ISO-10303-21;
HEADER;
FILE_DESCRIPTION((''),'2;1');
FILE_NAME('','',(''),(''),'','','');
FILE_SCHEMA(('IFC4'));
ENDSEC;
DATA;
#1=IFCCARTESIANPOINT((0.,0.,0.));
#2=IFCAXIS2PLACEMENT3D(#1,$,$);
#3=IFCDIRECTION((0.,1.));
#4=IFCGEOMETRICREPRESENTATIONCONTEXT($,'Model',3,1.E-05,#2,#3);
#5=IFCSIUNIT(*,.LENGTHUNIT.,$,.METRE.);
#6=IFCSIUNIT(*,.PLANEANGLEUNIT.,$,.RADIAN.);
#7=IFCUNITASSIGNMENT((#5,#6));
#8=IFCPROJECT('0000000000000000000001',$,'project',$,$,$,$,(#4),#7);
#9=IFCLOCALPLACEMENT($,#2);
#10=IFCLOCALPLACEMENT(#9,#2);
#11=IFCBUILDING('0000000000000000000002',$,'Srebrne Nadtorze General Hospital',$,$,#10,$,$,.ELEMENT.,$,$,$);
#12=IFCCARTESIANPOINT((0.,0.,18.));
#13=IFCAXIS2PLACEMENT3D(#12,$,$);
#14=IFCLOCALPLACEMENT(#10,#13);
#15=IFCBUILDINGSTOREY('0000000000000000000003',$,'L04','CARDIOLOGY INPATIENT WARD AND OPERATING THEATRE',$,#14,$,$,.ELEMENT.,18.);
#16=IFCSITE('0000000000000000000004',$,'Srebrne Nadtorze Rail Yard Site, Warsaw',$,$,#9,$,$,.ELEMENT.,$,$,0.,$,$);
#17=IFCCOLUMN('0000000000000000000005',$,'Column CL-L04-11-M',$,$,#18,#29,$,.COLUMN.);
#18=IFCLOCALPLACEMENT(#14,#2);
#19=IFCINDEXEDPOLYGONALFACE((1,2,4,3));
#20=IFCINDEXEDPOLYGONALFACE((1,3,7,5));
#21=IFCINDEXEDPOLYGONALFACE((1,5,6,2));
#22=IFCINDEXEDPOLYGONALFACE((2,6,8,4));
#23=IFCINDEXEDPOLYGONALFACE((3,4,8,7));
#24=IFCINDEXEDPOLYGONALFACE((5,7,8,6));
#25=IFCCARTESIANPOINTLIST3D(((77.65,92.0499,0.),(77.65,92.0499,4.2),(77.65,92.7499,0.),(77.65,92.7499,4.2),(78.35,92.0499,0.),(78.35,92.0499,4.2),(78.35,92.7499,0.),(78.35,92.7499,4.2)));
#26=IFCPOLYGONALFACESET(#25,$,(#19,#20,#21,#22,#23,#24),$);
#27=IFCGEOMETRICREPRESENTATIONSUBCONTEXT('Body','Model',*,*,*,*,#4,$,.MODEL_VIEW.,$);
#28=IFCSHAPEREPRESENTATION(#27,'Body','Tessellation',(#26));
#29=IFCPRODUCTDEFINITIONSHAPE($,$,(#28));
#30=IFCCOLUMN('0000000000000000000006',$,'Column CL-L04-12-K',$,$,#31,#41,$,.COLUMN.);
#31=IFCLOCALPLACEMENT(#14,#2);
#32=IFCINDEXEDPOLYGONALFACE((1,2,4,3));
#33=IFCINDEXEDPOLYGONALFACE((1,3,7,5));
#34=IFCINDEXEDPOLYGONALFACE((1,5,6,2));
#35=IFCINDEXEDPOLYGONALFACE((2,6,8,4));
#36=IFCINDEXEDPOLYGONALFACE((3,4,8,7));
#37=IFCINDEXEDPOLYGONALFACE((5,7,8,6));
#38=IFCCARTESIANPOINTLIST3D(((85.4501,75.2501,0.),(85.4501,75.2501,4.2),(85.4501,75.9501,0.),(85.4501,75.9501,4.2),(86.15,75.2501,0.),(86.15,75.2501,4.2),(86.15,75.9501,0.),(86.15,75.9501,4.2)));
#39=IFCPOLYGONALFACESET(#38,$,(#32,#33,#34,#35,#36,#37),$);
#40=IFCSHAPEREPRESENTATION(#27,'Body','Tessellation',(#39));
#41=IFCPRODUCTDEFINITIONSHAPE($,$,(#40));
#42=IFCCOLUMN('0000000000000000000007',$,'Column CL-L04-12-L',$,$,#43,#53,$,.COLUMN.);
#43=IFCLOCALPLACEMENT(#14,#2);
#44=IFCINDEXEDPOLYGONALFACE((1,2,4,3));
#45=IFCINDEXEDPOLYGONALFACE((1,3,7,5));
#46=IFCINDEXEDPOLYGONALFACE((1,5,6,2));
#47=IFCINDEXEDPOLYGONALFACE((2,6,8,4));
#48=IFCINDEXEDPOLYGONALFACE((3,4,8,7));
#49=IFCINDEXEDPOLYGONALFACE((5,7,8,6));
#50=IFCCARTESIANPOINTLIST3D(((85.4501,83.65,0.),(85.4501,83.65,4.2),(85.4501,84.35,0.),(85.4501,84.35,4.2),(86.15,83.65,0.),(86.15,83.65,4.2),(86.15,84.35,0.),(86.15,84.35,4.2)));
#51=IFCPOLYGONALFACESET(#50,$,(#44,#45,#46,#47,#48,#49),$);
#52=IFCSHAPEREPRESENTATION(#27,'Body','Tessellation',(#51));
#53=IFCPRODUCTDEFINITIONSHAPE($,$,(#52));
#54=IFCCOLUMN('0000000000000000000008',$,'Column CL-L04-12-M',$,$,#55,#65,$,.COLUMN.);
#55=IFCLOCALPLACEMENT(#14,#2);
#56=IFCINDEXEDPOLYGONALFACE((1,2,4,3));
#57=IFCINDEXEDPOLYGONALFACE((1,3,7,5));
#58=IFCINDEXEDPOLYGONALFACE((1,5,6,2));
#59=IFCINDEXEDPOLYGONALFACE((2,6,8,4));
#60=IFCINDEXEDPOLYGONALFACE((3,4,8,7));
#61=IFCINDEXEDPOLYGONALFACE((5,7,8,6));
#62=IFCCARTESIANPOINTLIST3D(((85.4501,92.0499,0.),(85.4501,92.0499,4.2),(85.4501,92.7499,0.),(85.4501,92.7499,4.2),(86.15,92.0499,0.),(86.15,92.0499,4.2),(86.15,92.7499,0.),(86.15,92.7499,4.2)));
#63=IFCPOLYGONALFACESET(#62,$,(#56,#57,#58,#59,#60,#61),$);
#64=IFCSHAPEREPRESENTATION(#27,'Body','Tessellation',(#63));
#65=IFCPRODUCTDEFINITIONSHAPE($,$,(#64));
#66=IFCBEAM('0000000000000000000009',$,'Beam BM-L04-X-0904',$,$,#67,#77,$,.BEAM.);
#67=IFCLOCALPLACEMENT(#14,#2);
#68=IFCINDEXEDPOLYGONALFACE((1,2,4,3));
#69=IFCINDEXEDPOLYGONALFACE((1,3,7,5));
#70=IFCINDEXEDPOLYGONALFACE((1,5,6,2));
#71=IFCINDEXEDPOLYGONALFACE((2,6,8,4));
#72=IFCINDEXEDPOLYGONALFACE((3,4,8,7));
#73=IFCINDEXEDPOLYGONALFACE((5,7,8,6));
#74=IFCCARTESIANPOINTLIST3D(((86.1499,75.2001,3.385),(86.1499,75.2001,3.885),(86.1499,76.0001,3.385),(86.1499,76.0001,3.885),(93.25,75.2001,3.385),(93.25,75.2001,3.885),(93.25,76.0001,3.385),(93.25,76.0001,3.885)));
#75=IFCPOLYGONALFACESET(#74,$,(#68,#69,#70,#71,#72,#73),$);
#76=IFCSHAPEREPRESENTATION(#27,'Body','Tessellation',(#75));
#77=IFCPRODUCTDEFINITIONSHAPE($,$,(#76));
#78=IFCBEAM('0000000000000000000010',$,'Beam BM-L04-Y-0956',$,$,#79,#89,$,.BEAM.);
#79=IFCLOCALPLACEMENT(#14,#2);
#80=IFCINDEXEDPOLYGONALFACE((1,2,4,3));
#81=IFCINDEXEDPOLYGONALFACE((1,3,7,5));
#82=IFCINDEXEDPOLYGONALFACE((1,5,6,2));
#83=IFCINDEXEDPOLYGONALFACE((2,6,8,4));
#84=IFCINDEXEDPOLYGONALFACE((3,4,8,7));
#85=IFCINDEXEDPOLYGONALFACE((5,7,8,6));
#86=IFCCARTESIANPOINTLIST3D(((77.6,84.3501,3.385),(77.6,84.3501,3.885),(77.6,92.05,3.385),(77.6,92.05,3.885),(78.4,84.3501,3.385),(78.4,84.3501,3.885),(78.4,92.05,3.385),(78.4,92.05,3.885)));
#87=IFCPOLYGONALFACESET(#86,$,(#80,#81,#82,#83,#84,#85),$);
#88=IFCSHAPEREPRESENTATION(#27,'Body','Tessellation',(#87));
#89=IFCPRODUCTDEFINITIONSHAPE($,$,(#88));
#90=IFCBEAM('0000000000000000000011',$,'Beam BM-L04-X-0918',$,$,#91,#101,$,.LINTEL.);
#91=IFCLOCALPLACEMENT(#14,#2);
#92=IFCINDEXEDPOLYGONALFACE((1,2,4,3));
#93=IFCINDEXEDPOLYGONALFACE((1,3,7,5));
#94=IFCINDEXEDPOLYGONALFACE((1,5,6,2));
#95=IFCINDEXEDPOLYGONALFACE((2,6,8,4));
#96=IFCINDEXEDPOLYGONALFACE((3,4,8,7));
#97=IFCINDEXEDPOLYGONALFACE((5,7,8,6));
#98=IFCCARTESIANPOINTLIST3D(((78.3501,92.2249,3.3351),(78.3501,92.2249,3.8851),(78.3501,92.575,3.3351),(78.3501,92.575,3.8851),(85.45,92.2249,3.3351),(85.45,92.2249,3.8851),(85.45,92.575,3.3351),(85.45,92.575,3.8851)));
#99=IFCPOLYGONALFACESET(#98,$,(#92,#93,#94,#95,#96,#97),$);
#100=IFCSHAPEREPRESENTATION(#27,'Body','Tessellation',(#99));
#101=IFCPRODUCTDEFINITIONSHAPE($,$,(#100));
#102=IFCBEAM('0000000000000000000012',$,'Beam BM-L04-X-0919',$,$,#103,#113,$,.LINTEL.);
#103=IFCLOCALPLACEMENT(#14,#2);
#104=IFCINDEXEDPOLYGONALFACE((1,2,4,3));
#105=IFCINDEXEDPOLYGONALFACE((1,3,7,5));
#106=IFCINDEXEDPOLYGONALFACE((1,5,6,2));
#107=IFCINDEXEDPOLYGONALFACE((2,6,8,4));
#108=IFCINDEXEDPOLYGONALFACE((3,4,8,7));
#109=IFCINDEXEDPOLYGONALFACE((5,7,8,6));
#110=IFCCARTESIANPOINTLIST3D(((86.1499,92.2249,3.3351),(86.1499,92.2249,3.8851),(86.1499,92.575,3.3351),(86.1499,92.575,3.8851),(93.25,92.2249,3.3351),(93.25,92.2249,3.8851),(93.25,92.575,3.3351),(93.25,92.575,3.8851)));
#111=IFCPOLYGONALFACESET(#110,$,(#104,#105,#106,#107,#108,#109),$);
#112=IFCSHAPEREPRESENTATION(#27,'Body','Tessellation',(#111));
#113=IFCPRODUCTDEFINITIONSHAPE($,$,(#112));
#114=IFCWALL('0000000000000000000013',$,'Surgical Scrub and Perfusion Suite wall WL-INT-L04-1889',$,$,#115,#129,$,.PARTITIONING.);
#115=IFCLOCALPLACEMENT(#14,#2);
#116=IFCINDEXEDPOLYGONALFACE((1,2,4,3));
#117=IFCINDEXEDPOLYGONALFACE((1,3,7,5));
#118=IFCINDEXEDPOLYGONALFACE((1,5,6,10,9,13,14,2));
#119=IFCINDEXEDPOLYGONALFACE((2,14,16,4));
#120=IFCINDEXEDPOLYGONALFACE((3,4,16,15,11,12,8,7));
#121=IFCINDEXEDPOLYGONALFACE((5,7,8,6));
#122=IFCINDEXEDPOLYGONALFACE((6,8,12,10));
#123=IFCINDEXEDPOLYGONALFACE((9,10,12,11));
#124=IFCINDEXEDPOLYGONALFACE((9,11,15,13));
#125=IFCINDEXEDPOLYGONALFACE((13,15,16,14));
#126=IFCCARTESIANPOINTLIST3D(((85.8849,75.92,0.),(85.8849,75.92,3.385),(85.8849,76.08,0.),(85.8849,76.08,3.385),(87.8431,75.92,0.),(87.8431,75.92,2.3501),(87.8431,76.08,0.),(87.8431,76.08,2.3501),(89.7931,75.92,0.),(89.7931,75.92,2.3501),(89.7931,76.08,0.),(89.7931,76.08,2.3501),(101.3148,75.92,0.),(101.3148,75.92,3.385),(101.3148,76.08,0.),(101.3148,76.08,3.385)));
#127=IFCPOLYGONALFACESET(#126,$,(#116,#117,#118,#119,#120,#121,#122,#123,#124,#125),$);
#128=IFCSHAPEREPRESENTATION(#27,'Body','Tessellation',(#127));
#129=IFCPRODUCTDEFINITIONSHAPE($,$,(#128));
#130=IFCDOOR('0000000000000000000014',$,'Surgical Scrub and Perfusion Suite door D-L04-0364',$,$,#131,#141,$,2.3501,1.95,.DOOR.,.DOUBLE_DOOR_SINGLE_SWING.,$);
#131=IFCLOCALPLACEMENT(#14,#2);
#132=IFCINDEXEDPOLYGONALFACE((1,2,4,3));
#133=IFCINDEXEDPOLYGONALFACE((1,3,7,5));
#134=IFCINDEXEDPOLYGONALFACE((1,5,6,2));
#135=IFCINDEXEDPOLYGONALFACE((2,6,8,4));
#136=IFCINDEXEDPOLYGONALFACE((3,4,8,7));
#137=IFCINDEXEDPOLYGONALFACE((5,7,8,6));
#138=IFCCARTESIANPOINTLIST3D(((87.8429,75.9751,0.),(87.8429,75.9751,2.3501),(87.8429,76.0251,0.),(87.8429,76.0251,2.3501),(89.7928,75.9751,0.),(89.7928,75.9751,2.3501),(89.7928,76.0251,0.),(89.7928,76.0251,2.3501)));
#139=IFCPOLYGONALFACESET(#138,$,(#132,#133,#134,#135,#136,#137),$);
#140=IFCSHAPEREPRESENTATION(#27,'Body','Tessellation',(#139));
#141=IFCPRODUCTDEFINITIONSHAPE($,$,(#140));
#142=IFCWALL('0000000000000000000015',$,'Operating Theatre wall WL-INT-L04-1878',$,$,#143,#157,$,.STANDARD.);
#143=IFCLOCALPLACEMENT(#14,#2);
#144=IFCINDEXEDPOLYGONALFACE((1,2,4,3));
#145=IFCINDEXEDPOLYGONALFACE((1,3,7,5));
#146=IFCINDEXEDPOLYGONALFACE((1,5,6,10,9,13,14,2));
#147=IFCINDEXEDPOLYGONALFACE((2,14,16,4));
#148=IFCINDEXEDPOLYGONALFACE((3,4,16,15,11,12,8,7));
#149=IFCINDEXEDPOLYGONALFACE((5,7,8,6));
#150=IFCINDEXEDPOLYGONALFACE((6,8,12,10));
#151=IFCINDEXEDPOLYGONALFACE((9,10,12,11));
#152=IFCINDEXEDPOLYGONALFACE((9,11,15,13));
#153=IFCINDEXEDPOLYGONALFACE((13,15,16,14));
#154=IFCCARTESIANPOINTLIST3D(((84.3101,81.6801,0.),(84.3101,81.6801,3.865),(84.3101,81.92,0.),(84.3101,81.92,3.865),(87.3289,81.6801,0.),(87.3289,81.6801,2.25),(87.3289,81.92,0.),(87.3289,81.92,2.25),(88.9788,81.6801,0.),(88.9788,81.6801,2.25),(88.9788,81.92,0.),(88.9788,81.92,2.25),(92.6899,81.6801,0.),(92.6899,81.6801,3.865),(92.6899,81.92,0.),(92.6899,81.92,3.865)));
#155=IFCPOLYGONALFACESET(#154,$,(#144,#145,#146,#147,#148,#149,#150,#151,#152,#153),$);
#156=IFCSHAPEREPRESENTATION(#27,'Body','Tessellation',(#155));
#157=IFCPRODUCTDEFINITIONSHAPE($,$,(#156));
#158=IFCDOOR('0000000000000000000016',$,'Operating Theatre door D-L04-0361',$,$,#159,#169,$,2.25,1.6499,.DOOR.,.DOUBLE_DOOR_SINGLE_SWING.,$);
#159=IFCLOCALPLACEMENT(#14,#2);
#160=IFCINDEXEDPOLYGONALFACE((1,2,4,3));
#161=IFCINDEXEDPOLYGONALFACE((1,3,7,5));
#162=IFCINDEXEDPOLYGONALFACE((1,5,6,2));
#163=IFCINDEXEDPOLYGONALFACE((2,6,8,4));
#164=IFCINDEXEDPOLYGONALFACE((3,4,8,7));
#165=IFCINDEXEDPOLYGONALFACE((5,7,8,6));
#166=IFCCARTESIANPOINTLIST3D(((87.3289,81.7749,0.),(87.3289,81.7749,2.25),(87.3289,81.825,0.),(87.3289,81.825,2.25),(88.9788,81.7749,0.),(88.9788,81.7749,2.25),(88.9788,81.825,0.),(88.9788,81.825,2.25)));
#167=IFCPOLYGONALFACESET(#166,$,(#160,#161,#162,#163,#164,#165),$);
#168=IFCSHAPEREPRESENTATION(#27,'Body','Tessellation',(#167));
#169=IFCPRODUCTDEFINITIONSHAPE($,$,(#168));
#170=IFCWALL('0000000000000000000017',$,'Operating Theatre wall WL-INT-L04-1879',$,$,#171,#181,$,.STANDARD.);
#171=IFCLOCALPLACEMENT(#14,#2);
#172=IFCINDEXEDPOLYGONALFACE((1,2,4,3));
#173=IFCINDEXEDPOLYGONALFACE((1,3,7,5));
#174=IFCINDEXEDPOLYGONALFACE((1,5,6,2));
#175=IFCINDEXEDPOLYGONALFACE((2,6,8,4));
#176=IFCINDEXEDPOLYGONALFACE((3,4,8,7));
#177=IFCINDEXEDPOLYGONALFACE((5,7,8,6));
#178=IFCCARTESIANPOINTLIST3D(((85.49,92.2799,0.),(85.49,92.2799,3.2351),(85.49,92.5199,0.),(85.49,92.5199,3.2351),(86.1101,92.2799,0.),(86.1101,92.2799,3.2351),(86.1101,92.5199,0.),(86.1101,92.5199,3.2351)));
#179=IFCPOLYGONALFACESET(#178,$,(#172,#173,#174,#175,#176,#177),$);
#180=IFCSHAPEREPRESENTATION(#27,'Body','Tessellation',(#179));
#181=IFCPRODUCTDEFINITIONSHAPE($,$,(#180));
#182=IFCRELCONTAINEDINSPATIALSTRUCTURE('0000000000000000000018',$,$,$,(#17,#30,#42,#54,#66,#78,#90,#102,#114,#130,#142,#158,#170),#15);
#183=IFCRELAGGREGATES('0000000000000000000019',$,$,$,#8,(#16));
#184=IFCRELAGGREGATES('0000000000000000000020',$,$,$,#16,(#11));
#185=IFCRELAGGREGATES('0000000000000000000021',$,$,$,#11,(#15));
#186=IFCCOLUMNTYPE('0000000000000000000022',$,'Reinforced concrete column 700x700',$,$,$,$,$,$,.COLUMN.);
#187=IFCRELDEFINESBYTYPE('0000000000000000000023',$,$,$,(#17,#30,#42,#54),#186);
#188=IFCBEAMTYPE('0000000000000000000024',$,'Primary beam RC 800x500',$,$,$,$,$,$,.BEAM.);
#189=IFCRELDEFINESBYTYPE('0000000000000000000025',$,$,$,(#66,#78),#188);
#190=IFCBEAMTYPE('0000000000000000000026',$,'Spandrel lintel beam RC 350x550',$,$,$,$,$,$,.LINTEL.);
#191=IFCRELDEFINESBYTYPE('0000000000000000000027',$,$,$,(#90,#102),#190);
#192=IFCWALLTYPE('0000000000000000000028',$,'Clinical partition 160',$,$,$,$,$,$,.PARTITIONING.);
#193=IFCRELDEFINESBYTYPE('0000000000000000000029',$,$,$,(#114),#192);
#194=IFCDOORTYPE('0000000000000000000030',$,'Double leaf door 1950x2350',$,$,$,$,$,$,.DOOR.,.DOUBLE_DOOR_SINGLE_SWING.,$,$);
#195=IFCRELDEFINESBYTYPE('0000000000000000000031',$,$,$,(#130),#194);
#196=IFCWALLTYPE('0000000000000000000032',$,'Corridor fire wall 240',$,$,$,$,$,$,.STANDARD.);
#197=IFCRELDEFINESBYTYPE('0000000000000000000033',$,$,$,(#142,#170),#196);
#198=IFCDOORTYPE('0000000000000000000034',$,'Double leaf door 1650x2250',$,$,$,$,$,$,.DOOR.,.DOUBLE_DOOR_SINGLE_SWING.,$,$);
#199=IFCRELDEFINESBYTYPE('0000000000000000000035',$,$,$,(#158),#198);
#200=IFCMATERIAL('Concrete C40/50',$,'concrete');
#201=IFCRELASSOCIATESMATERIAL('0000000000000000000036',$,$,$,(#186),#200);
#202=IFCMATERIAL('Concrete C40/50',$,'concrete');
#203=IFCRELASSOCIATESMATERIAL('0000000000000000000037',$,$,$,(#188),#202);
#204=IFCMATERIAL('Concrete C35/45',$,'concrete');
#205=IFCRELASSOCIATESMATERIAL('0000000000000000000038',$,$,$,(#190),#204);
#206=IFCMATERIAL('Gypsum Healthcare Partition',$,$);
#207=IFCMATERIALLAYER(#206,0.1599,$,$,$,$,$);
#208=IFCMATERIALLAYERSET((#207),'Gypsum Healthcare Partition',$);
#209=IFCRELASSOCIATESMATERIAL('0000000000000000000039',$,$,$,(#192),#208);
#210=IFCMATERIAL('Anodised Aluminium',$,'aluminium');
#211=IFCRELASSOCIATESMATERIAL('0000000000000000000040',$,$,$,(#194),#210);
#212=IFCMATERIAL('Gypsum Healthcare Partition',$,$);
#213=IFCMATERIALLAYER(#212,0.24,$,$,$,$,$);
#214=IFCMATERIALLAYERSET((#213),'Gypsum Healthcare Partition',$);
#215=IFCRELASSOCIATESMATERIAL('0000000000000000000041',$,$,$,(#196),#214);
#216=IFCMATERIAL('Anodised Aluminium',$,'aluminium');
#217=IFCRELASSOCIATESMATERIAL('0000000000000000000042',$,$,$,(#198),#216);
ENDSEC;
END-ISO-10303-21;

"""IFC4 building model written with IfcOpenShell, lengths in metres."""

from ifc_helpers import new_model, si_unit, direction, frame, frame_2d, origin, origin_2d, place, context, subcontext, project, spatial, rectangle, extrude, material, layer, layer_set, material_profile, profile_set, type_object, element, fill, save


model = new_model("IFC4")

# Units and contexts
model_context = context("Model", 3, precision=1e-05, world=origin(), true_north=direction((0.0, 1.0)))
body_context = subcontext(model_context, "Body", "Model", "MODEL_VIEW")
ifc_project = project(units=[si_unit("LENGTHUNIT", "METRE"), si_unit("PLANEANGLEUNIT", "RADIAN")], contexts=[model_context])

# Site, building, storey
site_placement = place(None, origin())
site = spatial("IfcSite", under=ifc_project, at=site_placement, Name="Srebrne Nadtorze Rail Yard Site, Warsaw", CompositionType="ELEMENT", RefElevation=0.0)
building_placement = place(site_placement, origin())
building = spatial("IfcBuilding", under=site, at=building_placement, Name="Srebrne Nadtorze General Hospital", CompositionType="ELEMENT")
storey_placement = place(building_placement, frame((0.0, 0.0, 18.0)))
storey = spatial("IfcBuildingStorey", under=building, at=storey_placement, Name="L04", Description="CARDIOLOGY INPATIENT WARD AND OPERATING THEATRE", CompositionType="ELEMENT", Elevation=18.0)

# Columns
ifc_material_1 = material(Name="Concrete C40/50", Category="concrete")
ifc_material_profile_1 = material_profile(ifc_material_1, rectangle(XDim=0.7, YDim=0.7, at=origin_2d()), Name="RC-COL-700x700")
ifc_profile_set_1 = profile_set([ifc_material_profile_1], Name="Concrete C40/50")
column_type = type_object("IfcColumnType", Name="Reinforced concrete column 700x700", PredefinedType="COLUMN", material=ifc_profile_set_1)
for number, where, z_axis, x_axis, name in (
    (1, (78.0, 92.3999, 0.0), (0.0, 0.0, 1.0), (1.0, 0.0, 0.0), "Column CL-L04-11-M"),
    (2, (85.8, 75.6001, 0.0), (0.0, 0.0, 1.0), (1.0, 0.0, 0.0), "Column CL-L04-12-K"),
    (3, (85.8, 84.0, 0.0), (0.0, 0.0, 1.0), (1.0, 0.0, 0.0), "Column CL-L04-12-L"),
    (4, (85.8, 92.3999, 0.0), (0.0, 0.0, 1.0), (1.0, 0.0, 0.0), "Column CL-L04-12-M"),
):
    element("IfcColumn", number, at=place(storey_placement, frame(where, z_axis=z_axis, x_axis=x_axis)), inside=storey, type_object=column_type, Name=name, PredefinedType="COLUMN", context=body_context, shape_type="SweptSolid", body=[
        extrude(rectangle(XDim=0.7, YDim=0.7, at=origin_2d()), origin(), (0.0, 0.0, 1.0), 4.2),
    ])

# Beams
ifc_material_2 = material(Name="Concrete C40/50", Category="concrete")
ifc_material_profile_2 = material_profile(ifc_material_2, rectangle(XDim=0.8, YDim=0.5, at=origin_2d()), Name="RC-BM-800x500")
ifc_profile_set_2 = profile_set([ifc_material_profile_2], Name="Concrete C40/50")
beam_type_1 = type_object("IfcBeamType", Name="Primary beam RC 800x500", PredefinedType="BEAM", material=ifc_profile_set_2)
beam_1_placement = place(storey_placement, frame((86.1499, 75.6001, 3.635), z_axis=(1.0, 0.0, 0.0), x_axis=(0.0, 1.0, 0.0)))
element("IfcBeam", 5, at=beam_1_placement, inside=storey, type_object=beam_type_1, Name="Beam BM-L04-X-0904", PredefinedType="BEAM", context=body_context, shape_type="SweptSolid", body=[
    extrude(rectangle(XDim=0.8, YDim=0.5, at=origin_2d()), origin(), (0.0, 0.0, 1.0), 7.1001),
])
beam_2_placement = place(storey_placement, frame((78.0, 84.3501, 3.635), z_axis=(0.0, 1.0, 0.0), x_axis=(-1.0, 0.0, 0.0)))
element("IfcBeam", 6, at=beam_2_placement, inside=storey, type_object=beam_type_1, Name="Beam BM-L04-Y-0956", PredefinedType="BEAM", context=body_context, shape_type="SweptSolid", body=[
    extrude(rectangle(XDim=0.8, YDim=0.5, at=origin_2d()), origin(), (0.0, 0.0, 1.0), 7.7),
])
ifc_material_3 = material(Name="Concrete C35/45", Category="concrete")
ifc_material_profile_3 = material_profile(ifc_material_3, rectangle(XDim=0.3501, YDim=0.55, at=origin_2d()), Name="RC-BM-350x550")
ifc_profile_set_3 = profile_set([ifc_material_profile_3], Name="Concrete C35/45")
beam_type_2 = type_object("IfcBeamType", Name="Spandrel lintel beam RC 350x550", PredefinedType="LINTEL", material=ifc_profile_set_3)
beam_3_placement = place(storey_placement, frame((78.3501, 92.3999, 3.6101), z_axis=(1.0, 0.0, 0.0), x_axis=(0.0, 1.0, 0.0)))
element("IfcBeam", 7, at=beam_3_placement, inside=storey, type_object=beam_type_2, Name="Beam BM-L04-X-0918", PredefinedType="LINTEL", context=body_context, shape_type="SweptSolid", body=[
    extrude(rectangle(XDim=0.3501, YDim=0.55, at=origin_2d()), origin(), (0.0, 0.0, 1.0), 7.0999),
])
beam_4_placement = place(storey_placement, frame((86.1499, 92.3999, 3.6101), z_axis=(1.0, 0.0, 0.0), x_axis=(0.0, 1.0, 0.0)))
element("IfcBeam", 8, at=beam_4_placement, inside=storey, type_object=beam_type_2, Name="Beam BM-L04-X-0919", PredefinedType="LINTEL", context=body_context, shape_type="SweptSolid", body=[
    extrude(rectangle(XDim=0.3501, YDim=0.55, at=origin_2d()), origin(), (0.0, 0.0, 1.0), 7.1001),
])

# Walls, openings, doors
ifc_material_4 = material(Name="Gypsum Healthcare Partition")
ifc_layer_1 = layer(ifc_material_4, 0.1599)
ifc_layer_set_1 = layer_set([ifc_layer_1], Name="Gypsum Healthcare Partition")
wall_type_1 = type_object("IfcWallType", Name="Clinical partition 160", PredefinedType="PARTITIONING", material=ifc_layer_set_1)
wall_1_placement = place(storey_placement, frame((85.885, 76.0, 0.0), z_axis=(0.0, 0.0, 1.0), x_axis=(1.0, 0.0, 0.0)))
wall_1 = element("IfcWall", 9, at=wall_1_placement, inside=storey, type_object=wall_type_1, Name="Surgical Scrub and Perfusion Suite wall WL-INT-L04-1889", PredefinedType="PARTITIONING", context=body_context, shape_type="SweptSolid", body=[
    extrude(rectangle(XDim=15.4299, YDim=0.1599, at=frame_2d((7.7148, 0.0))), origin(), (0.0, 0.0, 1.0), 3.385),
])
opening_1_placement = place(wall_1_placement, frame((1.958, 0.0, 0.0)))
opening_1 = element("IfcOpeningElement", 10, at=opening_1_placement, cuts=wall_1, PredefinedType="OPENING", context=body_context, shape_type="SweptSolid", body=[
    extrude(rectangle(XDim=1.95, YDim=2.3501, at=frame_2d((0.9751, 1.175))), frame((0.0, 0.0918, 0.0), z_axis=(0.0, -1.0, 0.0), x_axis=(1.0, 0.0, 0.0)), (0.0, 0.0, 1.0), 0.1838),
])
ifc_material_5 = material(Name="Anodised Aluminium", Category="aluminium")
door_type_1 = type_object("IfcDoorType", Name="Double leaf door 1950x2350", OperationType="DOUBLE_DOOR_SINGLE_SWING", PredefinedType="DOOR", material=ifc_material_5)
door_1_placement = place(opening_1_placement, frame((1.95, 0.0, 0.0), z_axis=(0.0, 0.0, 1.0), x_axis=(-1.0, 0.0, 0.0)))
door_1 = element("IfcDoor", 11, at=door_1_placement, inside=storey, type_object=door_type_1, Name="Surgical Scrub and Perfusion Suite door D-L04-0364", OperationType="DOUBLE_DOOR_SINGLE_SWING", OverallHeight=2.3501, OverallWidth=1.95, PredefinedType="DOOR", context=body_context, shape_type="SweptSolid", body=[
    extrude(rectangle(XDim=1.95, YDim=2.3501, at=frame_2d((0.9751, 1.175))), frame((0.0, 0.0249, 0.0), z_axis=(0.0, -1.0, 0.0), x_axis=(1.0, 0.0, 0.0)), (0.0, 0.0, 1.0), 0.05),
])
fill(opening_1, door_1)
ifc_material_6 = material(Name="Gypsum Healthcare Partition")
ifc_layer_2 = layer(ifc_material_6, 0.24)
ifc_layer_set_2 = layer_set([ifc_layer_2], Name="Gypsum Healthcare Partition")
wall_type_2 = type_object("IfcWallType", Name="Corridor fire wall 240", PredefinedType="STANDARD", material=ifc_layer_set_2)
wall_2_placement = place(storey_placement, frame((84.3101, 81.8, 0.0), z_axis=(0.0, 0.0, 1.0), x_axis=(1.0, 0.0, 0.0)))
wall_2 = element("IfcWall", 12, at=wall_2_placement, inside=storey, type_object=wall_type_2, Name="Operating Theatre wall WL-INT-L04-1878", PredefinedType="STANDARD", context=body_context, shape_type="SweptSolid", body=[
    extrude(rectangle(XDim=8.3799, YDim=0.24, at=frame_2d((4.1899, 0.0))), origin(), (0.0, 0.0, 1.0), 3.865),
])
opening_2_placement = place(wall_2_placement, frame((3.0188, 0.0, 0.0)))
opening_2 = element("IfcOpeningElement", 13, at=opening_2_placement, cuts=wall_2, PredefinedType="OPENING", context=body_context, shape_type="SweptSolid", body=[
    extrude(rectangle(XDim=1.6499, YDim=2.25, at=frame_2d((0.825, 1.125))), frame((0.0, 0.1318, 0.0), z_axis=(0.0, -1.0, 0.0), x_axis=(1.0, 0.0, 0.0)), (0.0, 0.0, 1.0), 0.2639),
])
ifc_material_7 = material(Name="Anodised Aluminium", Category="aluminium")
door_type_2 = type_object("IfcDoorType", Name="Double leaf door 1650x2250", OperationType="DOUBLE_DOOR_SINGLE_SWING", PredefinedType="DOOR", material=ifc_material_7)
door_2_placement = place(opening_2_placement, origin())
door_2 = element("IfcDoor", 14, at=door_2_placement, inside=storey, type_object=door_type_2, Name="Operating Theatre door D-L04-0361", OperationType="DOUBLE_DOOR_SINGLE_SWING", OverallHeight=2.25, OverallWidth=1.6499, PredefinedType="DOOR", context=body_context, shape_type="SweptSolid", body=[
    extrude(rectangle(XDim=1.6499, YDim=2.25, at=frame_2d((0.825, 1.125))), frame((0.0, 0.0249, 0.0), z_axis=(0.0, -1.0, 0.0), x_axis=(1.0, 0.0, 0.0)), (0.0, 0.0, 1.0), 0.05),
])
fill(opening_2, door_2)

# Wall
wall_3_placement = place(storey_placement, frame((85.49, 92.3999, 0.0), z_axis=(0.0, 0.0, 1.0), x_axis=(1.0, 0.0, 0.0)))
element("IfcWall", 15, at=wall_3_placement, inside=storey, type_object=wall_type_2, Name="Operating Theatre wall WL-INT-L04-1879", PredefinedType="STANDARD", context=body_context, shape_type="SweptSolid", body=[
    extrude(rectangle(XDim=0.6201, YDim=0.24, at=frame_2d((0.3101, 0.0))), origin(), (0.0, 0.0, 1.0), 3.2351),
])

save(model, "model.ifc")
